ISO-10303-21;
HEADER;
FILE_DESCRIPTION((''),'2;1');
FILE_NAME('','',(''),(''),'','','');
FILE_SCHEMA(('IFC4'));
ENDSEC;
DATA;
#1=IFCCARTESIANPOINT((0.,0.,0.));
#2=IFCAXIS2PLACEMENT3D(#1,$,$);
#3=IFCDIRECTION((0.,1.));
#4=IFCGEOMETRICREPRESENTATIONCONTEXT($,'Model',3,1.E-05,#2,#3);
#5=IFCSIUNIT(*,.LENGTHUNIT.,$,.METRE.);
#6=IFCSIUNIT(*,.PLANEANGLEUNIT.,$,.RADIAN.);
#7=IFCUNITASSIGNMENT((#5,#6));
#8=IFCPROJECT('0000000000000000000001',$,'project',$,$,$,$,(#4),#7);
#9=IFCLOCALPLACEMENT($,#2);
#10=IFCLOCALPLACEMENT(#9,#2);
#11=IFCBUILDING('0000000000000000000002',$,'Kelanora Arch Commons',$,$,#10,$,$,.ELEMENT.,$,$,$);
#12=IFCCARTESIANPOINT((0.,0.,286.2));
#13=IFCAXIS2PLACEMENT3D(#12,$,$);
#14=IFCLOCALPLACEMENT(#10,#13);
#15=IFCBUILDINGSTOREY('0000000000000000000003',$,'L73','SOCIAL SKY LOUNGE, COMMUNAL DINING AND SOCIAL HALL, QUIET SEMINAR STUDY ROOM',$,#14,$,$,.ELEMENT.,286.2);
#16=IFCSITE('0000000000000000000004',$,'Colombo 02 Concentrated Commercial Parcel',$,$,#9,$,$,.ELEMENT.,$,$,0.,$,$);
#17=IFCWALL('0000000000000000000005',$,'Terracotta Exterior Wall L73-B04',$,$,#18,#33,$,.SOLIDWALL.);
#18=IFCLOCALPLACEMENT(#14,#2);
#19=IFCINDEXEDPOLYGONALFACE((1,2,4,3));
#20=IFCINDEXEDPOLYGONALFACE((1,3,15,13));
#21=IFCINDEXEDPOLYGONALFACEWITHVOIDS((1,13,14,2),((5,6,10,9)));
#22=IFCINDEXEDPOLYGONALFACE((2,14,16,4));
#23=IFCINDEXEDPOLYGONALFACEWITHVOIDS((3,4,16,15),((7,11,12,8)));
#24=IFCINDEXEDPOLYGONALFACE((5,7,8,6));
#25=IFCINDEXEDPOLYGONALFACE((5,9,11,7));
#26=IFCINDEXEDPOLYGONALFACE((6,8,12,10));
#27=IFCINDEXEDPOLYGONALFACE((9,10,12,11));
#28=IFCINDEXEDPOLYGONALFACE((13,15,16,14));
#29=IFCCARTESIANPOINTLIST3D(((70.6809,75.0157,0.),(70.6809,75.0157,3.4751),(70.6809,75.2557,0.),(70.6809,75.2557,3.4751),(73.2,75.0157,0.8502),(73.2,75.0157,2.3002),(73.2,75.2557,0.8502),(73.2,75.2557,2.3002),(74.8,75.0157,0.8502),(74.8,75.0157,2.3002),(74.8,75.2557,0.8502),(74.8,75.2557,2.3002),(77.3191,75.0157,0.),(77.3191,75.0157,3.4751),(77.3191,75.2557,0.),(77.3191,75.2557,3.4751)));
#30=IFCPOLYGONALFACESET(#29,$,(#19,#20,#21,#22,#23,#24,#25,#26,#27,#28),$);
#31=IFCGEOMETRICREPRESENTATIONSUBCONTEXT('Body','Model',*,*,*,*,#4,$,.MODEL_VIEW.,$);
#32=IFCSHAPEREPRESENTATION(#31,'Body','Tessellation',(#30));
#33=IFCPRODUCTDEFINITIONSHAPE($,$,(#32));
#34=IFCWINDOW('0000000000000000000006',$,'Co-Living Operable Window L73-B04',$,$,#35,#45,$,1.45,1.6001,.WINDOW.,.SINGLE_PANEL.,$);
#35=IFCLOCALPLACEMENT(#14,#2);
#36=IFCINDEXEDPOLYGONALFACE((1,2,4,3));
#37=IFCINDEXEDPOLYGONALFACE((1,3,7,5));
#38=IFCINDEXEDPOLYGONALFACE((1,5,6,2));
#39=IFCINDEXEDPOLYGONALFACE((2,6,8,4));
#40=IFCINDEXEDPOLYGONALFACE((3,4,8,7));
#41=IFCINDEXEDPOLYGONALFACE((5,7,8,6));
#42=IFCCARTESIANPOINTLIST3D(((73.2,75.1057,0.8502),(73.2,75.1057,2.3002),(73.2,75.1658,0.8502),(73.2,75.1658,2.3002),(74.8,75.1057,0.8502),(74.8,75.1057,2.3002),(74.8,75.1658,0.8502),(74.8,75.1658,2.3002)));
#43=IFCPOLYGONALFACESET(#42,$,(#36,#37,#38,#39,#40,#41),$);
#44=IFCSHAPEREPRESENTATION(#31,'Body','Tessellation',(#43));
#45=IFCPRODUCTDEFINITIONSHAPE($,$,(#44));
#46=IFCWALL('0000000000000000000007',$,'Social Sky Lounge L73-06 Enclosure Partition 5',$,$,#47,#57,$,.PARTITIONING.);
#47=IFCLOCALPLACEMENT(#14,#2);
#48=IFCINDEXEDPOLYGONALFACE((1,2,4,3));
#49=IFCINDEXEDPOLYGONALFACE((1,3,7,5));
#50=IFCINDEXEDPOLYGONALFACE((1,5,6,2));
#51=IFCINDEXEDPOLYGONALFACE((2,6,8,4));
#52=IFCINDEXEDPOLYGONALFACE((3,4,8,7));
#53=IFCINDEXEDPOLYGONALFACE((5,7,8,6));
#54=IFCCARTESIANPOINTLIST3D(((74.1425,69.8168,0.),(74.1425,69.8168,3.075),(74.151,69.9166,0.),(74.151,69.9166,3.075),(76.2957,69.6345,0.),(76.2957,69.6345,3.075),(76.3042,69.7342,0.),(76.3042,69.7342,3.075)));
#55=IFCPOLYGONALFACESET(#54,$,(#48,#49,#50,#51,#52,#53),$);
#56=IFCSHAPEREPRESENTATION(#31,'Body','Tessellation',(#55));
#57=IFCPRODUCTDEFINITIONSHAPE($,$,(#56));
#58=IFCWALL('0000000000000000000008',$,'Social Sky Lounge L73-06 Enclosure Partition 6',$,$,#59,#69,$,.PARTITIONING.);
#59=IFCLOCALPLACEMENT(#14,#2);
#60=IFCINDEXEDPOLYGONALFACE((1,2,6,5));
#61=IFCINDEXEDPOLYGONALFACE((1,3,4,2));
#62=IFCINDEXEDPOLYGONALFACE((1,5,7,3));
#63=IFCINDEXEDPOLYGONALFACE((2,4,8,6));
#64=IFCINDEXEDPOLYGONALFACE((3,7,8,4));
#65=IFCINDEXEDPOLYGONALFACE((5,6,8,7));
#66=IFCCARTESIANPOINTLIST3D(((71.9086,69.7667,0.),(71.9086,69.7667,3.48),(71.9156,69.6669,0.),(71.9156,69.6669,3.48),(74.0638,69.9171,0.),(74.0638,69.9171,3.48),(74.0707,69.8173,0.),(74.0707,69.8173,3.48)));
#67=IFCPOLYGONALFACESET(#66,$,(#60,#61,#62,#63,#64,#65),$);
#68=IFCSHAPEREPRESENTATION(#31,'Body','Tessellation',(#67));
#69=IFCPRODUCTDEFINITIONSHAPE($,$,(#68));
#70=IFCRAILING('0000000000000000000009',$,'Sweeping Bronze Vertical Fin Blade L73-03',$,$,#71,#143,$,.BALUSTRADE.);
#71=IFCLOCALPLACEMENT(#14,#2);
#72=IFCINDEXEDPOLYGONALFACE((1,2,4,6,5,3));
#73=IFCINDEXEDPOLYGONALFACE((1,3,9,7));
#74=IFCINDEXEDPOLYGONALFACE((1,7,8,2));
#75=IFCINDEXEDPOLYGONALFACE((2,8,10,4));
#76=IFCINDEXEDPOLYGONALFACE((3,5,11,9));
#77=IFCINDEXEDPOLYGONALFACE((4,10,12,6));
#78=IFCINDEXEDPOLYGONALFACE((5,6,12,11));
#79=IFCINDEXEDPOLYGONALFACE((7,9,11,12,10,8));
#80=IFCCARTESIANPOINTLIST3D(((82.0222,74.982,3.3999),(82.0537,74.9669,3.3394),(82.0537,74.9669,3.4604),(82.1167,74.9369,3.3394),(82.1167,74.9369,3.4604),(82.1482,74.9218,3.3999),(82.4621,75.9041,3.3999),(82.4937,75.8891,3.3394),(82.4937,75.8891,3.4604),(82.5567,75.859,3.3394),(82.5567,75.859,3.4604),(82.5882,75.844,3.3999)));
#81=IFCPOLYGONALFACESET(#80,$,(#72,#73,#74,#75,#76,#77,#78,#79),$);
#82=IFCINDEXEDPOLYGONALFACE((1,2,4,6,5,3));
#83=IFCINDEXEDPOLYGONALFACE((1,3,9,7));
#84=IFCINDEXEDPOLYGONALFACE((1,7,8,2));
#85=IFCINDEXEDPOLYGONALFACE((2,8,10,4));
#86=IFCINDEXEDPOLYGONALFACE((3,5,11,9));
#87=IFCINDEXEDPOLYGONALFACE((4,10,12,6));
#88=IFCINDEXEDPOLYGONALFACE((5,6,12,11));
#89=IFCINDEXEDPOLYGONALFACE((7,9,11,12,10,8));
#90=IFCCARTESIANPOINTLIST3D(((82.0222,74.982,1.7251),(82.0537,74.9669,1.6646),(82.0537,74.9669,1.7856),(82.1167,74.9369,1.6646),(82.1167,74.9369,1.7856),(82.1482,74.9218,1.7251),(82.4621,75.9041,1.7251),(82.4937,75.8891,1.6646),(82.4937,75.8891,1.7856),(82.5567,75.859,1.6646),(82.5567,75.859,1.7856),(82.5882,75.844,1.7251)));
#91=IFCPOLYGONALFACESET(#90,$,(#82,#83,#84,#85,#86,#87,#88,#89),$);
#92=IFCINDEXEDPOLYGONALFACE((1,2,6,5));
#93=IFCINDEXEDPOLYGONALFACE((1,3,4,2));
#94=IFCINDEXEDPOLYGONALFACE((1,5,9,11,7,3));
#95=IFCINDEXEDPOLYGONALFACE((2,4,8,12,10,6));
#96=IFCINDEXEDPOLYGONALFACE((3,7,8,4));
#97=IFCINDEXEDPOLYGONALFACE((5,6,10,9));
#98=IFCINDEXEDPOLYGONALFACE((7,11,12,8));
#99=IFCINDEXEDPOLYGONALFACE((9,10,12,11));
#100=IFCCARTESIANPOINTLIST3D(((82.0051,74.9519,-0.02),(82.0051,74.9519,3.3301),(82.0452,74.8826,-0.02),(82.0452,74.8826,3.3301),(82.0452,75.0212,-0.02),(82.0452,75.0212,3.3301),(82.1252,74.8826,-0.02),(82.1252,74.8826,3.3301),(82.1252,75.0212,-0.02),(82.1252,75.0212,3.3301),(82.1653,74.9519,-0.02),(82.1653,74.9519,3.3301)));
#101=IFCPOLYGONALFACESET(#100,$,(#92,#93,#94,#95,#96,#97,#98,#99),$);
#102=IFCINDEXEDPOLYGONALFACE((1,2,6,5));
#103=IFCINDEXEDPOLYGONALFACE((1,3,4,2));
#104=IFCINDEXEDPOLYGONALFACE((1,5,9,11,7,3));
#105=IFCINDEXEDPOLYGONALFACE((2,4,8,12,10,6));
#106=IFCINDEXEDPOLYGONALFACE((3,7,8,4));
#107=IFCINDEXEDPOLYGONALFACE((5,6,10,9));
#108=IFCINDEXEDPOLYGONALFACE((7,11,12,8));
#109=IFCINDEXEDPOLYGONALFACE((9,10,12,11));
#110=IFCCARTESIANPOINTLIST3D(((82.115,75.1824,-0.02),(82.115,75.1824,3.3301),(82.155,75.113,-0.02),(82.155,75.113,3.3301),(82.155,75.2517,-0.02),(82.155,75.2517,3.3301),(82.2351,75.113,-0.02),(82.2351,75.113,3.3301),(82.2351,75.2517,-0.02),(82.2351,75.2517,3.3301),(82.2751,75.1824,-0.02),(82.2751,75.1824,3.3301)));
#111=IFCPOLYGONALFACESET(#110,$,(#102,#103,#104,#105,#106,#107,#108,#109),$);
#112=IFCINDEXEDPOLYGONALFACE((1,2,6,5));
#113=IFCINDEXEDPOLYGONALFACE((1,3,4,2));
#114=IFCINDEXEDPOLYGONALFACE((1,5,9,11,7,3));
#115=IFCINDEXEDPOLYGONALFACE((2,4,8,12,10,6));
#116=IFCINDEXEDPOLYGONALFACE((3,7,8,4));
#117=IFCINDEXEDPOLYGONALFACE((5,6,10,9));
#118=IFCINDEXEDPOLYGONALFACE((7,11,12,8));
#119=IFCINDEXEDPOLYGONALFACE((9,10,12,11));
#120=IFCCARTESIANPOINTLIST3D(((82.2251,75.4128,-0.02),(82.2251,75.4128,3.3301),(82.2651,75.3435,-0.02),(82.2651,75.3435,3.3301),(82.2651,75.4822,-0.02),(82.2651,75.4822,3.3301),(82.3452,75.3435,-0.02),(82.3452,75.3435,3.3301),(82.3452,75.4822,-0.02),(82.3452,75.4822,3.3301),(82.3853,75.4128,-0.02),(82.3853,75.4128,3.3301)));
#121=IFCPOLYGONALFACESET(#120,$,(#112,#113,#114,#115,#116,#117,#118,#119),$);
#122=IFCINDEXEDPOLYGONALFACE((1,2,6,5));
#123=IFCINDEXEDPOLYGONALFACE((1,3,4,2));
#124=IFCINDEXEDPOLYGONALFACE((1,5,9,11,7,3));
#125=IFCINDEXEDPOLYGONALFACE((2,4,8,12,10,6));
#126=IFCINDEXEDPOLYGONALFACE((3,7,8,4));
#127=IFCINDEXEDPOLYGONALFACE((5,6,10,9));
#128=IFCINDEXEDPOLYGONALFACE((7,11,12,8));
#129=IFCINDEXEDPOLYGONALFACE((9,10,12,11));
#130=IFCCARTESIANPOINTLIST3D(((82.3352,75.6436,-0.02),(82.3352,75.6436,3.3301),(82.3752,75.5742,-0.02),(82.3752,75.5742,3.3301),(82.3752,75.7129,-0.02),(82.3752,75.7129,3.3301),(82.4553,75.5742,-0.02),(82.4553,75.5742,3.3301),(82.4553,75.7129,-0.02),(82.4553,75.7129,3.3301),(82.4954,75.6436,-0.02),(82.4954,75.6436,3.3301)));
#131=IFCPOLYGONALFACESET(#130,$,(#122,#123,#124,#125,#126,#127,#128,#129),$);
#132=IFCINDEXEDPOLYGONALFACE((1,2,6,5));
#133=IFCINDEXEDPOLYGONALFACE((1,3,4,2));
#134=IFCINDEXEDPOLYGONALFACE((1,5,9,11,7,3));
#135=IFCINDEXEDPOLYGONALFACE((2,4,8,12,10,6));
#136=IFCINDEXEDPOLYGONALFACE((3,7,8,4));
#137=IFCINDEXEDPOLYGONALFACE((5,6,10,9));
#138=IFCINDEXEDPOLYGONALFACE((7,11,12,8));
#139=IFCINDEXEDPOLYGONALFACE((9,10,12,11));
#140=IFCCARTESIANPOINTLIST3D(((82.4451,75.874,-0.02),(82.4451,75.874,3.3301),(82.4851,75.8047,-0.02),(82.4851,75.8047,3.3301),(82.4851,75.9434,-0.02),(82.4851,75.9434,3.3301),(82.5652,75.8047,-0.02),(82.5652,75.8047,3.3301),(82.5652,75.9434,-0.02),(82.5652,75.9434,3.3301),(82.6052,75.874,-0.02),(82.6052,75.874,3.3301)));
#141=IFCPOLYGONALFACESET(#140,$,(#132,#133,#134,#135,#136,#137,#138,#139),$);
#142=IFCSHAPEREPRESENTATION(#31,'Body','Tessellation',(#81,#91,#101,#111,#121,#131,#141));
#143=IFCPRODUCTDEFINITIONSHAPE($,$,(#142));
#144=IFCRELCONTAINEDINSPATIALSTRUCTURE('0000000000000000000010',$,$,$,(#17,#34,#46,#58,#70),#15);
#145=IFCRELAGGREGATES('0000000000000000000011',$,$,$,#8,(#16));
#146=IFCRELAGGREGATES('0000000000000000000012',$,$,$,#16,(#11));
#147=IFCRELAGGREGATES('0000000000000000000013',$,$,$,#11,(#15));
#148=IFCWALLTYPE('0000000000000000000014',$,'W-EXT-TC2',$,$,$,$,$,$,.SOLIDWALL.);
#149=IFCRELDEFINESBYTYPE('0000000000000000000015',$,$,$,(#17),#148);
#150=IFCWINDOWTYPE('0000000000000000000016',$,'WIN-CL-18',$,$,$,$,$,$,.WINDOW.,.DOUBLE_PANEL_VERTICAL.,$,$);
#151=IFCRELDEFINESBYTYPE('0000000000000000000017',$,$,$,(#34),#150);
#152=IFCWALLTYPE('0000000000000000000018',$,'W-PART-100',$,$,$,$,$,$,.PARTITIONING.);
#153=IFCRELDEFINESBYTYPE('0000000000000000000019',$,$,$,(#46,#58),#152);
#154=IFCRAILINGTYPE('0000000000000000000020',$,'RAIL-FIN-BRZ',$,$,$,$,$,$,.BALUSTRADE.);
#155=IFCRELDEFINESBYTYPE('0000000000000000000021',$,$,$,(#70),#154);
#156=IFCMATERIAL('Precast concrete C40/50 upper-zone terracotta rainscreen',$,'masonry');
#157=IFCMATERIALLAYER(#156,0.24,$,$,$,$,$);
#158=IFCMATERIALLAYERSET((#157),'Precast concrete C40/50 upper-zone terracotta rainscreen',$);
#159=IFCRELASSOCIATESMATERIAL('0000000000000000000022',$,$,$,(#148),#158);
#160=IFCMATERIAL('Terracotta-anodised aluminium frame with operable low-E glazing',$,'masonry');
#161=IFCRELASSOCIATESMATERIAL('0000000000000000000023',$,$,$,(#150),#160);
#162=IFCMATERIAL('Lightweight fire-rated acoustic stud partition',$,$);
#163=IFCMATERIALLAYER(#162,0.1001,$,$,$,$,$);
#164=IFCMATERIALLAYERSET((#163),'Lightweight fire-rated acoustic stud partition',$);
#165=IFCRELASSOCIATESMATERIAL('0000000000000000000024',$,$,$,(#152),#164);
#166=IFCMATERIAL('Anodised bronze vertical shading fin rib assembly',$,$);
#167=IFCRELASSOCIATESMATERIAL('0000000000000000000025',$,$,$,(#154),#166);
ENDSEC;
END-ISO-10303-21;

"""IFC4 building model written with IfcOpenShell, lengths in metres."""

from ifc_helpers import new_model, si_unit, direction, frame, frame_2d, origin, place, context, subcontext, project, spatial, polyline, rectangle, outline, extrude, material, layer, layer_set, type_object, element, fill, save


model = new_model("IFC4")

# Units and contexts
model_context = context("Model", 3, precision=1e-05, world=origin(), true_north=direction((0.0, 1.0)))
body_context = subcontext(model_context, "Body", "Model", "MODEL_VIEW")
ifc_project = project(units=[si_unit("LENGTHUNIT", "METRE"), si_unit("PLANEANGLEUNIT", "RADIAN")], contexts=[model_context])

# Site, building, storey
site_placement = place(None, origin())
site = spatial("IfcSite", under=ifc_project, at=site_placement, Name="Colombo 02 Concentrated Commercial Parcel", CompositionType="ELEMENT", RefElevation=0.0)
building_placement = place(site_placement, origin())
building = spatial("IfcBuilding", under=site, at=building_placement, Name="Kelanora Arch Commons", CompositionType="ELEMENT")
storey_placement = place(building_placement, frame((0.0, 0.0, 286.2)))
storey = spatial("IfcBuildingStorey", under=building, at=storey_placement, Name="L73", Description="SOCIAL SKY LOUNGE, COMMUNAL DINING AND SOCIAL HALL, QUIET SEMINAR STUDY ROOM", CompositionType="ELEMENT", Elevation=286.2)

# Wall, opening, window
ifc_material_1 = material(Name="Precast concrete C40/50 upper-zone terracotta rainscreen", Category="masonry")
ifc_layer_1 = layer(ifc_material_1, 0.24)
ifc_layer_set_1 = layer_set([ifc_layer_1], Name="Precast concrete C40/50 upper-zone terracotta rainscreen")
wall_type_1 = type_object("IfcWallType", Name="W-EXT-TC2", PredefinedType="SOLIDWALL", material=ifc_layer_set_1)
wall_1_placement = place(storey_placement, frame((77.3191, 75.1357, 0.0), z_axis=(0.0, 0.0, 1.0), x_axis=(-1.0, 0.0, 0.0)))
wall_1 = element("IfcWall", 1, at=wall_1_placement, inside=storey, type_object=wall_type_1, Name="Terracotta Exterior Wall L73-B04", PredefinedType="SOLIDWALL", context=body_context, shape_type="SweptSolid", body=[
    extrude(rectangle(XDim=6.6382, YDim=0.24, at=frame_2d((3.3191, 0.0))), origin(), (0.0, 0.0, 1.0), 3.4751),
])
opening_placement = place(wall_1_placement, frame((2.519, 0.0, 0.8501)))
opening = element("IfcOpeningElement", 2, at=opening_placement, cuts=wall_1, PredefinedType="OPENING", context=body_context, shape_type="SweptSolid", body=[
    extrude(rectangle(XDim=1.6001, YDim=1.45, at=frame_2d((0.8, 0.7251))), frame((0.0, 0.1299, 0.0), z_axis=(0.0, -1.0, 0.0), x_axis=(1.0, 0.0, 0.0)), (0.0, 0.0, 1.0), 0.26),
])
ifc_material_2 = material(Name="Terracotta-anodised aluminium frame with operable low-E glazing", Category="masonry")
window_type = type_object("IfcWindowType", Name="WIN-CL-18", PartitioningType="DOUBLE_PANEL_VERTICAL", PredefinedType="WINDOW", material=ifc_material_2)
window_placement = place(opening_placement, origin())
window = element("IfcWindow", 3, at=window_placement, inside=storey, type_object=window_type, Name="Co-Living Operable Window L73-B04", OverallHeight=1.45, OverallWidth=1.6001, PartitioningType="SINGLE_PANEL", PredefinedType="WINDOW", context=body_context, shape_type="SweptSolid", body=[
    extrude(rectangle(XDim=1.6001, YDim=1.45, at=frame_2d((0.8, 0.7251))), frame((0.0, 0.03, 0.0), z_axis=(0.0, -1.0, 0.0), x_axis=(1.0, 0.0, 0.0)), (0.0, 0.0, 1.0), 0.0601),
])
fill(opening, window)

# Walls
ifc_material_3 = material(Name="Lightweight fire-rated acoustic stud partition")
ifc_layer_2 = layer(ifc_material_3, 0.1001)
ifc_layer_set_2 = layer_set([ifc_layer_2], Name="Lightweight fire-rated acoustic stud partition")
wall_type_2 = type_object("IfcWallType", Name="W-PART-100", PredefinedType="PARTITIONING", material=ifc_layer_set_2)
wall_2_placement = place(storey_placement, frame((76.3, 69.6843, 0.0), z_axis=(0.0, 0.0, 1.0), x_axis=(-0.996432, 0.084401, 0.0)))
element("IfcWall", 4, at=wall_2_placement, inside=storey, type_object=wall_type_2, Name="Social Sky Lounge L73-06 Enclosure Partition 5", PredefinedType="PARTITIONING", context=body_context, shape_type="SweptSolid", body=[
    extrude(rectangle(XDim=2.1609, YDim=0.1001, at=frame_2d((1.0806, 0.0))), origin(), (0.0, 0.0, 1.0), 3.075),
])
wall_3_placement = place(storey_placement, frame((74.0671, 69.8672, 0.0), z_axis=(0.0, 0.0, 1.0), x_axis=(-0.997574, -0.069609, 0.0)))
element("IfcWall", 5, at=wall_3_placement, inside=storey, type_object=wall_type_2, Name="Social Sky Lounge L73-06 Enclosure Partition 6", PredefinedType="PARTITIONING", context=body_context, shape_type="SweptSolid", body=[
    extrude(rectangle(XDim=2.1604, YDim=0.1001, at=frame_2d((1.0801, 0.0))), origin(), (0.0, 0.0, 1.0), 3.48),
])

# Railing
ifc_material_4 = material(Name="Anodised bronze vertical shading fin rib assembly")
railing_type = type_object("IfcRailingType", Name="RAIL-FIN-BRZ", PredefinedType="BALUSTRADE", material=ifc_material_4)
railing_1_placement = place(storey_placement, frame((82.0852, 74.9519, -0.02)))
element("IfcRailing", 6, at=railing_1_placement, inside=storey, type_object=railing_type, Name="Sweeping Bronze Vertical Fin Blade L73-03", PredefinedType="BALUSTRADE", context=body_context, shape_type="SweptSolid", body=[
    extrude(outline(polyline([(0.0698, 0.0), (0.0349, 0.0605), (-0.0349, 0.0605), (-0.0698, 0.0), (-0.0349, -0.0605), (0.0349, -0.0605), (0.0698, 0.0)])), frame((0.0, 0.0, 3.4199), z_axis=(0.430601, 0.902542, 0.0), x_axis=(-0.902542, 0.430601, 0.0)), (0.0, 0.0, 1.0), 1.0217),
    extrude(outline(polyline([(0.0698, 0.0), (0.0349, 0.0605), (-0.0349, 0.0605), (-0.0698, 0.0), (-0.0349, -0.0605), (0.0349, -0.0605), (0.0698, 0.0)])), frame((0.0, 0.0, 1.7451), z_axis=(0.430601, 0.902542, 0.0), x_axis=(-0.902542, 0.430601, 0.0)), (0.0, 0.0, 1.0), 1.0217),
    extrude(outline(polyline([(0.0801, 0.0), (0.04, 0.0693), (-0.04, 0.0693), (-0.0801, 0.0), (-0.04, -0.0693), (0.04, -0.0693), (0.0801, 0.0)])), origin(), (0.0, 0.0, 1.0), 3.3501),
    extrude(outline(polyline([(0.0801, 0.0), (0.04, 0.0693), (-0.04, 0.0693), (-0.0801, 0.0), (-0.04, -0.0693), (0.04, -0.0693), (0.0801, 0.0)])), frame((0.1099, 0.2305, 0.0)), (0.0, 0.0, 1.0), 3.3501),
    extrude(outline(polyline([(0.0801, 0.0), (0.04, 0.0693), (-0.04, 0.0693), (-0.0801, 0.0), (-0.04, -0.0693), (0.04, -0.0693), (0.0801, 0.0)])), frame((0.22, 0.4609, 0.0)), (0.0, 0.0, 1.0), 3.3501),
    extrude(outline(polyline([(0.0801, 0.0), (0.04, 0.0693), (-0.04, 0.0693), (-0.0801, 0.0), (-0.04, -0.0693), (0.04, -0.0693), (0.0801, 0.0)])), frame((0.3301, 0.6917, 0.0)), (0.0, 0.0, 1.0), 3.3501),
    extrude(outline(polyline([(0.0801, 0.0), (0.04, 0.0693), (-0.04, 0.0693), (-0.0801, 0.0), (-0.04, -0.0693), (0.04, -0.0693), (0.0801, 0.0)])), frame((0.4399, 0.9221, 0.0)), (0.0, 0.0, 1.0), 3.3501),
])

save(model, "model.ifc")
